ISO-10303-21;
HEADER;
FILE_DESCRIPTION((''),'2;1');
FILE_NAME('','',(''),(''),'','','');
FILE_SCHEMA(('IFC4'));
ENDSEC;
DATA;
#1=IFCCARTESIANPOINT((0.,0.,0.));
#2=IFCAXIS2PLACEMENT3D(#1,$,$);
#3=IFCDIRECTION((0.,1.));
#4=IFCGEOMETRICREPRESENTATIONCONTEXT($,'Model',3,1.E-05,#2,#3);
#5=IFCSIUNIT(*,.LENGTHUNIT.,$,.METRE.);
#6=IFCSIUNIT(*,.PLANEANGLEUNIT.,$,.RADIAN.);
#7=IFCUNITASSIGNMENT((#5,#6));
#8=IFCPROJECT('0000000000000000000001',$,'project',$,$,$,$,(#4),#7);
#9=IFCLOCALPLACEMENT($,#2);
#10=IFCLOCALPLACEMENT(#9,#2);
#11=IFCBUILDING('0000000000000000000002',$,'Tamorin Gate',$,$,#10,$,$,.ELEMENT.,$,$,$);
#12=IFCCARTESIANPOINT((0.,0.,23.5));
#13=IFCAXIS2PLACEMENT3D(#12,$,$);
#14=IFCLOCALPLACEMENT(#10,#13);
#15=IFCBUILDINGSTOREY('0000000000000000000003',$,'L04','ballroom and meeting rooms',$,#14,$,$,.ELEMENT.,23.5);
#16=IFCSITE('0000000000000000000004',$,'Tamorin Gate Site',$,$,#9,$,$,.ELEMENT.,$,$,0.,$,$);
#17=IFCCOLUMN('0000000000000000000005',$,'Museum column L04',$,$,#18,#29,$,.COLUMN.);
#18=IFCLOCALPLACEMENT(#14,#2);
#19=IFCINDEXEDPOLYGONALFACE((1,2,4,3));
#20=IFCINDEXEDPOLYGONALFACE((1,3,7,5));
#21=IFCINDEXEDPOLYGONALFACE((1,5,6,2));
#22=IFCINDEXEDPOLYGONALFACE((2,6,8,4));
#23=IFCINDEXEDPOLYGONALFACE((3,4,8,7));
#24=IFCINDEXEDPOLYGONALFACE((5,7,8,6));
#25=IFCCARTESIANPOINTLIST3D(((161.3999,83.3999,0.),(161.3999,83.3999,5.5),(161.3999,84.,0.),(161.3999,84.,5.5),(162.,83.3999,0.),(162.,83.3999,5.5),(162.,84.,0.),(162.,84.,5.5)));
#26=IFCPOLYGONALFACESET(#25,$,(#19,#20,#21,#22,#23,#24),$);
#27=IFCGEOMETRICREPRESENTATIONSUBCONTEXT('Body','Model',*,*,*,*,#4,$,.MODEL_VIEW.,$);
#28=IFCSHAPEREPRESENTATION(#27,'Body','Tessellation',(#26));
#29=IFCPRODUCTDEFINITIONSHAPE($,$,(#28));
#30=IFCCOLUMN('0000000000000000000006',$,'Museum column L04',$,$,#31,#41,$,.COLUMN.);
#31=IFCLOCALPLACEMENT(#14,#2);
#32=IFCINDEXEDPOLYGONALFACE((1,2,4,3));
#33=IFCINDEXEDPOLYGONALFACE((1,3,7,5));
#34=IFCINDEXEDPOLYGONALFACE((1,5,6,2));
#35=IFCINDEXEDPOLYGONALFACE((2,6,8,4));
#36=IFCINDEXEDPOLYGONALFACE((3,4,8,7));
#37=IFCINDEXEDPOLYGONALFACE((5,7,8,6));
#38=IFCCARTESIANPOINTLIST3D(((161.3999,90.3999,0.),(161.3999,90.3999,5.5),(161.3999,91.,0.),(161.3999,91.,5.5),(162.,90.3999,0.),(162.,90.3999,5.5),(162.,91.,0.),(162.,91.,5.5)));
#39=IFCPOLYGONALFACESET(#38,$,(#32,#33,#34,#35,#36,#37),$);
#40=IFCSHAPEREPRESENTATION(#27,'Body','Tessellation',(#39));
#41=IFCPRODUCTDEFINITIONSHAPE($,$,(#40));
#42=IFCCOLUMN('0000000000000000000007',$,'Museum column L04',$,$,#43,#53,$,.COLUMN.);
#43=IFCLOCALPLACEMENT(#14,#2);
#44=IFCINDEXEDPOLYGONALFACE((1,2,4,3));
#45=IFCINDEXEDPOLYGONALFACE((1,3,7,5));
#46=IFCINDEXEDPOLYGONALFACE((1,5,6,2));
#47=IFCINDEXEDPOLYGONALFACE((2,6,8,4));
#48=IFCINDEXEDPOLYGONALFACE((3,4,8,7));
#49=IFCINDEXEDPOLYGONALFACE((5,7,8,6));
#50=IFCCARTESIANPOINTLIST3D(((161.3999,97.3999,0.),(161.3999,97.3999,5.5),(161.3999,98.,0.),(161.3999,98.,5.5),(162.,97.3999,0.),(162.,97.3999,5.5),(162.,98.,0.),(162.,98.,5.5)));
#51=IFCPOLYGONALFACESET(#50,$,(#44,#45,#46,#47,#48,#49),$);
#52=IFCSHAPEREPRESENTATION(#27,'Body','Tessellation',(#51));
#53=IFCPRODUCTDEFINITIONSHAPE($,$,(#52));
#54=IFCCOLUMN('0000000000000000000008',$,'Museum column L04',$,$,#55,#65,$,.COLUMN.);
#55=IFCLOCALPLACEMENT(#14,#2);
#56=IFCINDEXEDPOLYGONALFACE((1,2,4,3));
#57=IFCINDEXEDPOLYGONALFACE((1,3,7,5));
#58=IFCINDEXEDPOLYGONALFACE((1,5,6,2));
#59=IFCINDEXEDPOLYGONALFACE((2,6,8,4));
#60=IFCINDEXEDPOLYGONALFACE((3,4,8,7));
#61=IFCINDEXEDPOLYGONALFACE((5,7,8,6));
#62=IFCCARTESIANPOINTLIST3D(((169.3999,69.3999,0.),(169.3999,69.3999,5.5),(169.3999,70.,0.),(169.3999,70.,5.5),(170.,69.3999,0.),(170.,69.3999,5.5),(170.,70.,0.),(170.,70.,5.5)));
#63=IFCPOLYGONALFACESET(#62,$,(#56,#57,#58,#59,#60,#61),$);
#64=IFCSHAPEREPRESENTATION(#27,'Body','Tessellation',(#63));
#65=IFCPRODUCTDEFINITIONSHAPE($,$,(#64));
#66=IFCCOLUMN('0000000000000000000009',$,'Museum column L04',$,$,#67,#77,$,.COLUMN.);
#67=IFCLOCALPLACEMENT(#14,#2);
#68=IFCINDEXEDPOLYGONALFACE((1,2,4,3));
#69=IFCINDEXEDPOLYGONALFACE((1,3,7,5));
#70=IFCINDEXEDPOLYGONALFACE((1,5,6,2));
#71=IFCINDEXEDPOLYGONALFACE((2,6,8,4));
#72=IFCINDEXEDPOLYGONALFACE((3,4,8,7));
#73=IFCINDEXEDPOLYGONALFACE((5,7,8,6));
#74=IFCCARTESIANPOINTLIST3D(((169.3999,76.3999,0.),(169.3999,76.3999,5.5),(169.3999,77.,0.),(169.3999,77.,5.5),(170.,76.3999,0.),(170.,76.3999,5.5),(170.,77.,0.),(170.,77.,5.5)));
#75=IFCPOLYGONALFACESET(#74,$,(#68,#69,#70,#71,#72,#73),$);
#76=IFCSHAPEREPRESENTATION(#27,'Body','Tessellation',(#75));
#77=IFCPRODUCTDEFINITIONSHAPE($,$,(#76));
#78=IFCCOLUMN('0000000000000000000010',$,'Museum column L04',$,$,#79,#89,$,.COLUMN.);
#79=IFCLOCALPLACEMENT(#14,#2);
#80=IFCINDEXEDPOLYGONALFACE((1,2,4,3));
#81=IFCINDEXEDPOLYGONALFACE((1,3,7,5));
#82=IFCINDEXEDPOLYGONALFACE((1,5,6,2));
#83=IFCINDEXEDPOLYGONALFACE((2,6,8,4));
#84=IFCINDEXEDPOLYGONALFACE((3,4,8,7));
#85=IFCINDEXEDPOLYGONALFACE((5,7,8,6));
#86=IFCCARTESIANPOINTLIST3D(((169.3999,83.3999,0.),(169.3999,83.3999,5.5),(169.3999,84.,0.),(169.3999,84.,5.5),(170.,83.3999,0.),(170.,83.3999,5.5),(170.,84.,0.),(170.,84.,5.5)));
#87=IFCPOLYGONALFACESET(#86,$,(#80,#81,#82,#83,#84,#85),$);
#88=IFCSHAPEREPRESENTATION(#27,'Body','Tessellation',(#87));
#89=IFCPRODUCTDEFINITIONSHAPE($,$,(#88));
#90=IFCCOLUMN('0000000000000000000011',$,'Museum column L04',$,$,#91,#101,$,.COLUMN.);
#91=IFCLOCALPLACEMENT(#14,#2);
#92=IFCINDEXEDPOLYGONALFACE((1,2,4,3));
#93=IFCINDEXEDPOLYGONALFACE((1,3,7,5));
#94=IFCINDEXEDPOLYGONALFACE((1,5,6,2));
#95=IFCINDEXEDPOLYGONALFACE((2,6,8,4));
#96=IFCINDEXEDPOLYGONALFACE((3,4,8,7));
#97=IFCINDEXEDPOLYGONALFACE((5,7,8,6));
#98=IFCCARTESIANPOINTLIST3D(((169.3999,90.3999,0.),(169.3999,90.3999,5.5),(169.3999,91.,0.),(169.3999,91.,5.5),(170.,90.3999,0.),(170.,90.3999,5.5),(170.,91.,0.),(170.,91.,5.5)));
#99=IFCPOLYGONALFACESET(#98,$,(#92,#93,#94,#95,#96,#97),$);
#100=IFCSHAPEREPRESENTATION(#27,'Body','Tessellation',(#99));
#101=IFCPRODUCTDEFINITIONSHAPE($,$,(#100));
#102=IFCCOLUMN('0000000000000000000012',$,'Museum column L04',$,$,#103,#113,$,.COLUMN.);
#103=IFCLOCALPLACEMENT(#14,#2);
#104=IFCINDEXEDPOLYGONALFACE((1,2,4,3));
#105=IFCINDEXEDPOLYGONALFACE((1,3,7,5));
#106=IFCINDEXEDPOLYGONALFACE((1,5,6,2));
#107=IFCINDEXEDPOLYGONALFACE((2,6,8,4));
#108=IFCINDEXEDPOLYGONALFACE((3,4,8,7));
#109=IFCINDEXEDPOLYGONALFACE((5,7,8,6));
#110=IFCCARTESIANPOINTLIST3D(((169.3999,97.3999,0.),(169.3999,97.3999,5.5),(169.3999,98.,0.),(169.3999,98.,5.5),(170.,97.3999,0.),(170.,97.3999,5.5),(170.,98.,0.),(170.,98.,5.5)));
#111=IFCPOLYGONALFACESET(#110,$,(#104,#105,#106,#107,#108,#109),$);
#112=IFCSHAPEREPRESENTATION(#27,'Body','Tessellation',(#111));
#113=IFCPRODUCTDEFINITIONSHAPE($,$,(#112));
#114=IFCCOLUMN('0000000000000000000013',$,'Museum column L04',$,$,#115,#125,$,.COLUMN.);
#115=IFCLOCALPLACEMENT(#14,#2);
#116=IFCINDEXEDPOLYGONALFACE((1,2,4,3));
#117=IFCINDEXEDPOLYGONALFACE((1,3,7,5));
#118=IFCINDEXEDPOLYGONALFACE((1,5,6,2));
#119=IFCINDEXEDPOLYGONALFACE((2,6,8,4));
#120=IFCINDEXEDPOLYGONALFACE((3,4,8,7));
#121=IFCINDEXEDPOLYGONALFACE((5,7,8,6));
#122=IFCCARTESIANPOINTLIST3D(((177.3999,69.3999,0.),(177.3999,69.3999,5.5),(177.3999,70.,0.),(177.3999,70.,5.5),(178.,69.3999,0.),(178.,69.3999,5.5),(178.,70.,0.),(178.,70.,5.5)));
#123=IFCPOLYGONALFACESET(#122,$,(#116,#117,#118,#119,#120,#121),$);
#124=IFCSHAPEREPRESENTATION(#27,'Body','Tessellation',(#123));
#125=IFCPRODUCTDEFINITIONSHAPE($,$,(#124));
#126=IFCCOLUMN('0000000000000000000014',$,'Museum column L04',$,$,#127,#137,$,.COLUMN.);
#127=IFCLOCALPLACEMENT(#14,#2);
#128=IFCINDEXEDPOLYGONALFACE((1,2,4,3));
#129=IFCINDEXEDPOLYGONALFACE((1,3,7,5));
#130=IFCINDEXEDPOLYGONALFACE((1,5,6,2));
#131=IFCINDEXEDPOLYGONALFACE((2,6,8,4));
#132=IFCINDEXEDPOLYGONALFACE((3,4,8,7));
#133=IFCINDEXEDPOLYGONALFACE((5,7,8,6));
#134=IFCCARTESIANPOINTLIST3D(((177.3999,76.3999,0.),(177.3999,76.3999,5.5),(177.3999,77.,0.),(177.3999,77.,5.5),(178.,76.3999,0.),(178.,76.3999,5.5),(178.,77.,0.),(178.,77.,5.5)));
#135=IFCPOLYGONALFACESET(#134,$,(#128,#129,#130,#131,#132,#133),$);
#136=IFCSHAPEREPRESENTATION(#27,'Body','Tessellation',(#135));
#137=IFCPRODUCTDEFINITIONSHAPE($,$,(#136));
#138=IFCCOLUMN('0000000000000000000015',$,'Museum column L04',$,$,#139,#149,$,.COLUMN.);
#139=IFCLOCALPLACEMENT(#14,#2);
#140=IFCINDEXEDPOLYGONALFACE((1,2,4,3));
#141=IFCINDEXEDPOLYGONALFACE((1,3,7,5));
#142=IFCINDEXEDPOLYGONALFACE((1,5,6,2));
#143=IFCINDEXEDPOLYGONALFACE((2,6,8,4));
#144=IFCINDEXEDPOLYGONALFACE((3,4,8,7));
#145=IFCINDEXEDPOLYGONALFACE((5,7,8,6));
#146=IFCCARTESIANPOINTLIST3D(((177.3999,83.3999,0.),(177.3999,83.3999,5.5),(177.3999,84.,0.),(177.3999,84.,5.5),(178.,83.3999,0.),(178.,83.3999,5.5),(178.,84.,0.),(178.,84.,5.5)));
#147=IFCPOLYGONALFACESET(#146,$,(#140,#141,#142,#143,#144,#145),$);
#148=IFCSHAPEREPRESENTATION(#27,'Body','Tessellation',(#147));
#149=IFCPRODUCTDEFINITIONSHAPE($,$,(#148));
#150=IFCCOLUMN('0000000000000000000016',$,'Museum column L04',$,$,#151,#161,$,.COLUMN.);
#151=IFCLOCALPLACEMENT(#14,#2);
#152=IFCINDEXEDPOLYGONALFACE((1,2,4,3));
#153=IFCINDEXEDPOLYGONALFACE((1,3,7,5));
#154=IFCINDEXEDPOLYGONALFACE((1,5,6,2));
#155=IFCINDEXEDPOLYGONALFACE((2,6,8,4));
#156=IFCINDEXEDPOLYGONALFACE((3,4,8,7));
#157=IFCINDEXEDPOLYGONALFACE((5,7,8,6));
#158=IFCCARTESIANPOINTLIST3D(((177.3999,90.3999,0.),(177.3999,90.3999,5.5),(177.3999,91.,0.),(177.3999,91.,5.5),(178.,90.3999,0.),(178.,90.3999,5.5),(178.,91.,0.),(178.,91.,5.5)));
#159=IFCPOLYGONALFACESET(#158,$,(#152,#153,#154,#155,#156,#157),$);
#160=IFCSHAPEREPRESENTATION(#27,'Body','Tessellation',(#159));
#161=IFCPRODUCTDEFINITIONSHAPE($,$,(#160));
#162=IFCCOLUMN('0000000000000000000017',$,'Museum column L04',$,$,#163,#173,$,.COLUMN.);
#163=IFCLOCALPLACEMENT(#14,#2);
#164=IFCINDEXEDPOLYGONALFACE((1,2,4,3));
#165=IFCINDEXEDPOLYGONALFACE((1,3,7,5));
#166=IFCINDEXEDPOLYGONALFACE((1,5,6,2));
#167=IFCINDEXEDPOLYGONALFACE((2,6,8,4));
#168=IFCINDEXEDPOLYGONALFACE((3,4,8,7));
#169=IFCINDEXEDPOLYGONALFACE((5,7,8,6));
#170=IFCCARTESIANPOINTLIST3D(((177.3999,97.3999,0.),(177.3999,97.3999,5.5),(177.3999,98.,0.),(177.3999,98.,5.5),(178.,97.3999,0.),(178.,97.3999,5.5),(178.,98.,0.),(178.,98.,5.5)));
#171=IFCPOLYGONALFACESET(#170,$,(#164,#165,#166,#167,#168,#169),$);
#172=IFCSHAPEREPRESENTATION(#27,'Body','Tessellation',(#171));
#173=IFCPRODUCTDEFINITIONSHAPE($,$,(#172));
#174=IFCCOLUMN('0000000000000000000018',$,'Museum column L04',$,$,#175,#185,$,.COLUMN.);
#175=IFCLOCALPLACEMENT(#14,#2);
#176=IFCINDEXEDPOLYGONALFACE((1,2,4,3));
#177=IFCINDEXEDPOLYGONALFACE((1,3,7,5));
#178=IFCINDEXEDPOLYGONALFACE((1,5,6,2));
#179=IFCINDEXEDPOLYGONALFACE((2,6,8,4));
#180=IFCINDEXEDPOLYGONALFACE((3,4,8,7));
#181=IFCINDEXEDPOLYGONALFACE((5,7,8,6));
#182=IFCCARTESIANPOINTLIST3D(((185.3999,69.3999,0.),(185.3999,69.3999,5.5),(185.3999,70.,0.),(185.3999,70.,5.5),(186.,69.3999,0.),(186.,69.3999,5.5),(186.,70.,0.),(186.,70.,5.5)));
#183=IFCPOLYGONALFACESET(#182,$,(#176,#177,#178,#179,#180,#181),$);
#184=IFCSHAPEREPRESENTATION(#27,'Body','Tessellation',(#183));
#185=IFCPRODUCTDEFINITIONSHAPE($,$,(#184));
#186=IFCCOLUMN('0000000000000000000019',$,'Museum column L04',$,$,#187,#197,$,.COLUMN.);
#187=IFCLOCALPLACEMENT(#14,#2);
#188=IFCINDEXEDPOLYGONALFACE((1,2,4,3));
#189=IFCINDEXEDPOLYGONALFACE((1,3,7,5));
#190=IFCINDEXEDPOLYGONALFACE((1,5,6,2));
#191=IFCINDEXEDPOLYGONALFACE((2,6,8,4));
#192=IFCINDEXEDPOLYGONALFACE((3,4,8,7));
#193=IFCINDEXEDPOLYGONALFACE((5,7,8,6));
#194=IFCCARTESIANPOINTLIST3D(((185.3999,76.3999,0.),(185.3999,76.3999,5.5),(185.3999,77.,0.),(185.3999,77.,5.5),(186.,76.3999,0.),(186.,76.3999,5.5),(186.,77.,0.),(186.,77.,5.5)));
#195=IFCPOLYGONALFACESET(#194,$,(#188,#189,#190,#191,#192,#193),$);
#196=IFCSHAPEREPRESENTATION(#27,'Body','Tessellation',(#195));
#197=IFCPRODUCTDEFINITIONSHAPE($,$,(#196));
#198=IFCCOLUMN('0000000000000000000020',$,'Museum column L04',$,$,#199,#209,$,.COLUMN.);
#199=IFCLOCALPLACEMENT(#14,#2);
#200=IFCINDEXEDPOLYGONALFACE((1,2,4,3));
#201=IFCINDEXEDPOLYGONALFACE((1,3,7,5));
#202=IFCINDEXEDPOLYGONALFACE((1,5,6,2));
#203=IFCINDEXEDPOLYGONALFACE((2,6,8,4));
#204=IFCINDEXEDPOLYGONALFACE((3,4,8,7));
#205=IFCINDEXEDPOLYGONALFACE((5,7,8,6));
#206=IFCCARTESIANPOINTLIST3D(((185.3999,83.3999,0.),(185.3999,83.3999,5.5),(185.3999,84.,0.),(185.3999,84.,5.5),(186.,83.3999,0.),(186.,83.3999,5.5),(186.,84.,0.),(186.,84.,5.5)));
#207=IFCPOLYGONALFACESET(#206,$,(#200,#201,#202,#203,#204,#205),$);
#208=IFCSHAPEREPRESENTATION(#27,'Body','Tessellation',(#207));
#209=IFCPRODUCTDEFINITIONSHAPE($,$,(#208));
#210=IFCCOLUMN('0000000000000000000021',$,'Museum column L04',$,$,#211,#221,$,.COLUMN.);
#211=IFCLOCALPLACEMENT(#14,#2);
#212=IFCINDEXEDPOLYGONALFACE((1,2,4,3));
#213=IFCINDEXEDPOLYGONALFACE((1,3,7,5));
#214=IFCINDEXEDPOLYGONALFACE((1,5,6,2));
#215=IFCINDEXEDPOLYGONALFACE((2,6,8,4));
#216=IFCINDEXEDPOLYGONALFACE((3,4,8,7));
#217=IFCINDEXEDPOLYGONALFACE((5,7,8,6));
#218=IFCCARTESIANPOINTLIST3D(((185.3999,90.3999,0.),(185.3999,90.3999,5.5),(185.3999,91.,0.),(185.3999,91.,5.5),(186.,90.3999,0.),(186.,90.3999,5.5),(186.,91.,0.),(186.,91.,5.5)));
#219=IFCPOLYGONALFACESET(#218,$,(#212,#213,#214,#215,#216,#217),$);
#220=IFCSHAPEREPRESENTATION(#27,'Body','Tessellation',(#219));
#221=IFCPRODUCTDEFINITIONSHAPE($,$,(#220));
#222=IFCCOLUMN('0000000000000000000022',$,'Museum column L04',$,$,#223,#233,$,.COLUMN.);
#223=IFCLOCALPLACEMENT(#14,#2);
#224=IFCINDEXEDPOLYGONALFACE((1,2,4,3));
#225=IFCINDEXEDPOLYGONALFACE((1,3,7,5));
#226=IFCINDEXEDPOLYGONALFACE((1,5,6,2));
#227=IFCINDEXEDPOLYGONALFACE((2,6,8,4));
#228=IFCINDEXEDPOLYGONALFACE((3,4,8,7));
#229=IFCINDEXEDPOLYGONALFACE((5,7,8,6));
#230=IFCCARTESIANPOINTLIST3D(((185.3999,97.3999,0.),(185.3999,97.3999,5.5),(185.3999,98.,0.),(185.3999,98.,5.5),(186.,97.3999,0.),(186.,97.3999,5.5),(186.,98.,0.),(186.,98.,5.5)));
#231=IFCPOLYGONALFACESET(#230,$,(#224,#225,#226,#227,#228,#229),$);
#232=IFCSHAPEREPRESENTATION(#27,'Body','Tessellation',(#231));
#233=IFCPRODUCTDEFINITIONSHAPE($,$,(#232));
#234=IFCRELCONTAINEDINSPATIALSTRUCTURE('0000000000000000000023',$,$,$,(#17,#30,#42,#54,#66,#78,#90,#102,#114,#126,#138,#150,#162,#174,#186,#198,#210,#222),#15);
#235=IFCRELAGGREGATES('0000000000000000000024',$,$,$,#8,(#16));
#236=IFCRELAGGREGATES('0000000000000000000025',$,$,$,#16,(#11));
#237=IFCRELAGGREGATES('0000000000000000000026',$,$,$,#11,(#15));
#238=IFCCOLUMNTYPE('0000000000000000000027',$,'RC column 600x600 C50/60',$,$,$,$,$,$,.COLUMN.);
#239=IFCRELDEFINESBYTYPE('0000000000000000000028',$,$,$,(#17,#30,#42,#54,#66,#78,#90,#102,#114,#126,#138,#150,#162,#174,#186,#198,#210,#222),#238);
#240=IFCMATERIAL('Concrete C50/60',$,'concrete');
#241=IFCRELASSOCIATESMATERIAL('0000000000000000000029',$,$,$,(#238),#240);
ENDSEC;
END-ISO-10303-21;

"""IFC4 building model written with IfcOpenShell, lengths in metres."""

from ifc_helpers import new_model, si_unit, direction, frame, origin, origin_2d, place, context, subcontext, project, spatial, rectangle, extrude, material, material_profile, profile_set, type_object, element, save


model = new_model("IFC4")

# Units and contexts
model_context = context("Model", 3, precision=1e-05, world=origin(), true_north=direction((0.0, 1.0)))
body_context = subcontext(model_context, "Body", "Model", "MODEL_VIEW")
ifc_project = project(units=[si_unit("LENGTHUNIT", "METRE"), si_unit("PLANEANGLEUNIT", "RADIAN")], contexts=[model_context])

# Site, building, storey
site_placement = place(None, origin())
site = spatial("IfcSite", under=ifc_project, at=site_placement, Name="Tamorin Gate Site", CompositionType="ELEMENT", RefElevation=0.0)
building_placement = place(site_placement, origin())
building = spatial("IfcBuilding", under=site, at=building_placement, Name="Tamorin Gate", CompositionType="ELEMENT")
storey_placement = place(building_placement, frame((0.0, 0.0, 23.5)))
storey = spatial("IfcBuildingStorey", under=building, at=storey_placement, Name="L04", Description="ballroom and meeting rooms", CompositionType="ELEMENT", Elevation=23.5)

# Columns
ifc_material_1 = material(Name="Concrete C50/60", Category="concrete")
ifc_material_profile = material_profile(ifc_material_1, rectangle(XDim=0.6001, YDim=0.6001, at=origin_2d()))
ifc_profile_set = profile_set([ifc_material_profile], Name="Concrete C50/60")
column_type = type_object("IfcColumnType", Name="RC column 600x600 C50/60", PredefinedType="COLUMN", material=ifc_profile_set)
for number, where, z_axis, x_axis, name in (
    (1, (161.7, 83.7, 0.0), (0.0, 0.0, 1.0), (1.0, 0.0, 0.0), "Museum column L04"),
    (2, (161.7, 90.7, 0.0), (0.0, 0.0, 1.0), (1.0, 0.0, 0.0), "Museum column L04"),
    (3, (161.7, 97.7, 0.0), (0.0, 0.0, 1.0), (1.0, 0.0, 0.0), "Museum column L04"),
    (4, (169.7, 69.7, 0.0), (0.0, 0.0, 1.0), (1.0, 0.0, 0.0), "Museum column L04"),
    (5, (169.7, 76.7, 0.0), (0.0, 0.0, 1.0), (1.0, 0.0, 0.0), "Museum column L04"),
    (6, (169.7, 83.7, 0.0), (0.0, 0.0, 1.0), (1.0, 0.0, 0.0), "Museum column L04"),
    (7, (169.7, 90.7, 0.0), (0.0, 0.0, 1.0), (1.0, 0.0, 0.0), "Museum column L04"),
    (8, (169.7, 97.7, 0.0), (0.0, 0.0, 1.0), (1.0, 0.0, 0.0), "Museum column L04"),
    (9, (177.7, 69.7, 0.0), (0.0, 0.0, 1.0), (1.0, 0.0, 0.0), "Museum column L04"),
    (10, (177.7, 76.7, 0.0), (0.0, 0.0, 1.0), (1.0, 0.0, 0.0), "Museum column L04"),
    (11, (177.7, 83.7, 0.0), (0.0, 0.0, 1.0), (1.0, 0.0, 0.0), "Museum column L04"),
    (12, (177.7, 90.7, 0.0), (0.0, 0.0, 1.0), (1.0, 0.0, 0.0), "Museum column L04"),
    (13, (177.7, 97.7, 0.0), (0.0, 0.0, 1.0), (1.0, 0.0, 0.0), "Museum column L04"),
    (14, (185.7, 69.7, 0.0), (0.0, 0.0, 1.0), (1.0, 0.0, 0.0), "Museum column L04"),
    (15, (185.7, 76.7, 0.0), (0.0, 0.0, 1.0), (1.0, 0.0, 0.0), "Museum column L04"),
    (16, (185.7, 83.7, 0.0), (0.0, 0.0, 1.0), (1.0, 0.0, 0.0), "Museum column L04"),
    (17, (185.7, 90.7, 0.0), (0.0, 0.0, 1.0), (1.0, 0.0, 0.0), "Museum column L04"),
    (18, (185.7, 97.7, 0.0), (0.0, 0.0, 1.0), (1.0, 0.0, 0.0), "Museum column L04"),
):
    element("IfcColumn", number, at=place(storey_placement, frame(where, z_axis=z_axis, x_axis=x_axis)), inside=storey, type_object=column_type, Name=name, PredefinedType="COLUMN", context=body_context, shape_type="SweptSolid", body=[
        extrude(rectangle(XDim=0.6001, YDim=0.6001, at=origin_2d()), origin(), (0.0, 0.0, 1.0), 5.5),
    ])

save(model, "model.ifc")
